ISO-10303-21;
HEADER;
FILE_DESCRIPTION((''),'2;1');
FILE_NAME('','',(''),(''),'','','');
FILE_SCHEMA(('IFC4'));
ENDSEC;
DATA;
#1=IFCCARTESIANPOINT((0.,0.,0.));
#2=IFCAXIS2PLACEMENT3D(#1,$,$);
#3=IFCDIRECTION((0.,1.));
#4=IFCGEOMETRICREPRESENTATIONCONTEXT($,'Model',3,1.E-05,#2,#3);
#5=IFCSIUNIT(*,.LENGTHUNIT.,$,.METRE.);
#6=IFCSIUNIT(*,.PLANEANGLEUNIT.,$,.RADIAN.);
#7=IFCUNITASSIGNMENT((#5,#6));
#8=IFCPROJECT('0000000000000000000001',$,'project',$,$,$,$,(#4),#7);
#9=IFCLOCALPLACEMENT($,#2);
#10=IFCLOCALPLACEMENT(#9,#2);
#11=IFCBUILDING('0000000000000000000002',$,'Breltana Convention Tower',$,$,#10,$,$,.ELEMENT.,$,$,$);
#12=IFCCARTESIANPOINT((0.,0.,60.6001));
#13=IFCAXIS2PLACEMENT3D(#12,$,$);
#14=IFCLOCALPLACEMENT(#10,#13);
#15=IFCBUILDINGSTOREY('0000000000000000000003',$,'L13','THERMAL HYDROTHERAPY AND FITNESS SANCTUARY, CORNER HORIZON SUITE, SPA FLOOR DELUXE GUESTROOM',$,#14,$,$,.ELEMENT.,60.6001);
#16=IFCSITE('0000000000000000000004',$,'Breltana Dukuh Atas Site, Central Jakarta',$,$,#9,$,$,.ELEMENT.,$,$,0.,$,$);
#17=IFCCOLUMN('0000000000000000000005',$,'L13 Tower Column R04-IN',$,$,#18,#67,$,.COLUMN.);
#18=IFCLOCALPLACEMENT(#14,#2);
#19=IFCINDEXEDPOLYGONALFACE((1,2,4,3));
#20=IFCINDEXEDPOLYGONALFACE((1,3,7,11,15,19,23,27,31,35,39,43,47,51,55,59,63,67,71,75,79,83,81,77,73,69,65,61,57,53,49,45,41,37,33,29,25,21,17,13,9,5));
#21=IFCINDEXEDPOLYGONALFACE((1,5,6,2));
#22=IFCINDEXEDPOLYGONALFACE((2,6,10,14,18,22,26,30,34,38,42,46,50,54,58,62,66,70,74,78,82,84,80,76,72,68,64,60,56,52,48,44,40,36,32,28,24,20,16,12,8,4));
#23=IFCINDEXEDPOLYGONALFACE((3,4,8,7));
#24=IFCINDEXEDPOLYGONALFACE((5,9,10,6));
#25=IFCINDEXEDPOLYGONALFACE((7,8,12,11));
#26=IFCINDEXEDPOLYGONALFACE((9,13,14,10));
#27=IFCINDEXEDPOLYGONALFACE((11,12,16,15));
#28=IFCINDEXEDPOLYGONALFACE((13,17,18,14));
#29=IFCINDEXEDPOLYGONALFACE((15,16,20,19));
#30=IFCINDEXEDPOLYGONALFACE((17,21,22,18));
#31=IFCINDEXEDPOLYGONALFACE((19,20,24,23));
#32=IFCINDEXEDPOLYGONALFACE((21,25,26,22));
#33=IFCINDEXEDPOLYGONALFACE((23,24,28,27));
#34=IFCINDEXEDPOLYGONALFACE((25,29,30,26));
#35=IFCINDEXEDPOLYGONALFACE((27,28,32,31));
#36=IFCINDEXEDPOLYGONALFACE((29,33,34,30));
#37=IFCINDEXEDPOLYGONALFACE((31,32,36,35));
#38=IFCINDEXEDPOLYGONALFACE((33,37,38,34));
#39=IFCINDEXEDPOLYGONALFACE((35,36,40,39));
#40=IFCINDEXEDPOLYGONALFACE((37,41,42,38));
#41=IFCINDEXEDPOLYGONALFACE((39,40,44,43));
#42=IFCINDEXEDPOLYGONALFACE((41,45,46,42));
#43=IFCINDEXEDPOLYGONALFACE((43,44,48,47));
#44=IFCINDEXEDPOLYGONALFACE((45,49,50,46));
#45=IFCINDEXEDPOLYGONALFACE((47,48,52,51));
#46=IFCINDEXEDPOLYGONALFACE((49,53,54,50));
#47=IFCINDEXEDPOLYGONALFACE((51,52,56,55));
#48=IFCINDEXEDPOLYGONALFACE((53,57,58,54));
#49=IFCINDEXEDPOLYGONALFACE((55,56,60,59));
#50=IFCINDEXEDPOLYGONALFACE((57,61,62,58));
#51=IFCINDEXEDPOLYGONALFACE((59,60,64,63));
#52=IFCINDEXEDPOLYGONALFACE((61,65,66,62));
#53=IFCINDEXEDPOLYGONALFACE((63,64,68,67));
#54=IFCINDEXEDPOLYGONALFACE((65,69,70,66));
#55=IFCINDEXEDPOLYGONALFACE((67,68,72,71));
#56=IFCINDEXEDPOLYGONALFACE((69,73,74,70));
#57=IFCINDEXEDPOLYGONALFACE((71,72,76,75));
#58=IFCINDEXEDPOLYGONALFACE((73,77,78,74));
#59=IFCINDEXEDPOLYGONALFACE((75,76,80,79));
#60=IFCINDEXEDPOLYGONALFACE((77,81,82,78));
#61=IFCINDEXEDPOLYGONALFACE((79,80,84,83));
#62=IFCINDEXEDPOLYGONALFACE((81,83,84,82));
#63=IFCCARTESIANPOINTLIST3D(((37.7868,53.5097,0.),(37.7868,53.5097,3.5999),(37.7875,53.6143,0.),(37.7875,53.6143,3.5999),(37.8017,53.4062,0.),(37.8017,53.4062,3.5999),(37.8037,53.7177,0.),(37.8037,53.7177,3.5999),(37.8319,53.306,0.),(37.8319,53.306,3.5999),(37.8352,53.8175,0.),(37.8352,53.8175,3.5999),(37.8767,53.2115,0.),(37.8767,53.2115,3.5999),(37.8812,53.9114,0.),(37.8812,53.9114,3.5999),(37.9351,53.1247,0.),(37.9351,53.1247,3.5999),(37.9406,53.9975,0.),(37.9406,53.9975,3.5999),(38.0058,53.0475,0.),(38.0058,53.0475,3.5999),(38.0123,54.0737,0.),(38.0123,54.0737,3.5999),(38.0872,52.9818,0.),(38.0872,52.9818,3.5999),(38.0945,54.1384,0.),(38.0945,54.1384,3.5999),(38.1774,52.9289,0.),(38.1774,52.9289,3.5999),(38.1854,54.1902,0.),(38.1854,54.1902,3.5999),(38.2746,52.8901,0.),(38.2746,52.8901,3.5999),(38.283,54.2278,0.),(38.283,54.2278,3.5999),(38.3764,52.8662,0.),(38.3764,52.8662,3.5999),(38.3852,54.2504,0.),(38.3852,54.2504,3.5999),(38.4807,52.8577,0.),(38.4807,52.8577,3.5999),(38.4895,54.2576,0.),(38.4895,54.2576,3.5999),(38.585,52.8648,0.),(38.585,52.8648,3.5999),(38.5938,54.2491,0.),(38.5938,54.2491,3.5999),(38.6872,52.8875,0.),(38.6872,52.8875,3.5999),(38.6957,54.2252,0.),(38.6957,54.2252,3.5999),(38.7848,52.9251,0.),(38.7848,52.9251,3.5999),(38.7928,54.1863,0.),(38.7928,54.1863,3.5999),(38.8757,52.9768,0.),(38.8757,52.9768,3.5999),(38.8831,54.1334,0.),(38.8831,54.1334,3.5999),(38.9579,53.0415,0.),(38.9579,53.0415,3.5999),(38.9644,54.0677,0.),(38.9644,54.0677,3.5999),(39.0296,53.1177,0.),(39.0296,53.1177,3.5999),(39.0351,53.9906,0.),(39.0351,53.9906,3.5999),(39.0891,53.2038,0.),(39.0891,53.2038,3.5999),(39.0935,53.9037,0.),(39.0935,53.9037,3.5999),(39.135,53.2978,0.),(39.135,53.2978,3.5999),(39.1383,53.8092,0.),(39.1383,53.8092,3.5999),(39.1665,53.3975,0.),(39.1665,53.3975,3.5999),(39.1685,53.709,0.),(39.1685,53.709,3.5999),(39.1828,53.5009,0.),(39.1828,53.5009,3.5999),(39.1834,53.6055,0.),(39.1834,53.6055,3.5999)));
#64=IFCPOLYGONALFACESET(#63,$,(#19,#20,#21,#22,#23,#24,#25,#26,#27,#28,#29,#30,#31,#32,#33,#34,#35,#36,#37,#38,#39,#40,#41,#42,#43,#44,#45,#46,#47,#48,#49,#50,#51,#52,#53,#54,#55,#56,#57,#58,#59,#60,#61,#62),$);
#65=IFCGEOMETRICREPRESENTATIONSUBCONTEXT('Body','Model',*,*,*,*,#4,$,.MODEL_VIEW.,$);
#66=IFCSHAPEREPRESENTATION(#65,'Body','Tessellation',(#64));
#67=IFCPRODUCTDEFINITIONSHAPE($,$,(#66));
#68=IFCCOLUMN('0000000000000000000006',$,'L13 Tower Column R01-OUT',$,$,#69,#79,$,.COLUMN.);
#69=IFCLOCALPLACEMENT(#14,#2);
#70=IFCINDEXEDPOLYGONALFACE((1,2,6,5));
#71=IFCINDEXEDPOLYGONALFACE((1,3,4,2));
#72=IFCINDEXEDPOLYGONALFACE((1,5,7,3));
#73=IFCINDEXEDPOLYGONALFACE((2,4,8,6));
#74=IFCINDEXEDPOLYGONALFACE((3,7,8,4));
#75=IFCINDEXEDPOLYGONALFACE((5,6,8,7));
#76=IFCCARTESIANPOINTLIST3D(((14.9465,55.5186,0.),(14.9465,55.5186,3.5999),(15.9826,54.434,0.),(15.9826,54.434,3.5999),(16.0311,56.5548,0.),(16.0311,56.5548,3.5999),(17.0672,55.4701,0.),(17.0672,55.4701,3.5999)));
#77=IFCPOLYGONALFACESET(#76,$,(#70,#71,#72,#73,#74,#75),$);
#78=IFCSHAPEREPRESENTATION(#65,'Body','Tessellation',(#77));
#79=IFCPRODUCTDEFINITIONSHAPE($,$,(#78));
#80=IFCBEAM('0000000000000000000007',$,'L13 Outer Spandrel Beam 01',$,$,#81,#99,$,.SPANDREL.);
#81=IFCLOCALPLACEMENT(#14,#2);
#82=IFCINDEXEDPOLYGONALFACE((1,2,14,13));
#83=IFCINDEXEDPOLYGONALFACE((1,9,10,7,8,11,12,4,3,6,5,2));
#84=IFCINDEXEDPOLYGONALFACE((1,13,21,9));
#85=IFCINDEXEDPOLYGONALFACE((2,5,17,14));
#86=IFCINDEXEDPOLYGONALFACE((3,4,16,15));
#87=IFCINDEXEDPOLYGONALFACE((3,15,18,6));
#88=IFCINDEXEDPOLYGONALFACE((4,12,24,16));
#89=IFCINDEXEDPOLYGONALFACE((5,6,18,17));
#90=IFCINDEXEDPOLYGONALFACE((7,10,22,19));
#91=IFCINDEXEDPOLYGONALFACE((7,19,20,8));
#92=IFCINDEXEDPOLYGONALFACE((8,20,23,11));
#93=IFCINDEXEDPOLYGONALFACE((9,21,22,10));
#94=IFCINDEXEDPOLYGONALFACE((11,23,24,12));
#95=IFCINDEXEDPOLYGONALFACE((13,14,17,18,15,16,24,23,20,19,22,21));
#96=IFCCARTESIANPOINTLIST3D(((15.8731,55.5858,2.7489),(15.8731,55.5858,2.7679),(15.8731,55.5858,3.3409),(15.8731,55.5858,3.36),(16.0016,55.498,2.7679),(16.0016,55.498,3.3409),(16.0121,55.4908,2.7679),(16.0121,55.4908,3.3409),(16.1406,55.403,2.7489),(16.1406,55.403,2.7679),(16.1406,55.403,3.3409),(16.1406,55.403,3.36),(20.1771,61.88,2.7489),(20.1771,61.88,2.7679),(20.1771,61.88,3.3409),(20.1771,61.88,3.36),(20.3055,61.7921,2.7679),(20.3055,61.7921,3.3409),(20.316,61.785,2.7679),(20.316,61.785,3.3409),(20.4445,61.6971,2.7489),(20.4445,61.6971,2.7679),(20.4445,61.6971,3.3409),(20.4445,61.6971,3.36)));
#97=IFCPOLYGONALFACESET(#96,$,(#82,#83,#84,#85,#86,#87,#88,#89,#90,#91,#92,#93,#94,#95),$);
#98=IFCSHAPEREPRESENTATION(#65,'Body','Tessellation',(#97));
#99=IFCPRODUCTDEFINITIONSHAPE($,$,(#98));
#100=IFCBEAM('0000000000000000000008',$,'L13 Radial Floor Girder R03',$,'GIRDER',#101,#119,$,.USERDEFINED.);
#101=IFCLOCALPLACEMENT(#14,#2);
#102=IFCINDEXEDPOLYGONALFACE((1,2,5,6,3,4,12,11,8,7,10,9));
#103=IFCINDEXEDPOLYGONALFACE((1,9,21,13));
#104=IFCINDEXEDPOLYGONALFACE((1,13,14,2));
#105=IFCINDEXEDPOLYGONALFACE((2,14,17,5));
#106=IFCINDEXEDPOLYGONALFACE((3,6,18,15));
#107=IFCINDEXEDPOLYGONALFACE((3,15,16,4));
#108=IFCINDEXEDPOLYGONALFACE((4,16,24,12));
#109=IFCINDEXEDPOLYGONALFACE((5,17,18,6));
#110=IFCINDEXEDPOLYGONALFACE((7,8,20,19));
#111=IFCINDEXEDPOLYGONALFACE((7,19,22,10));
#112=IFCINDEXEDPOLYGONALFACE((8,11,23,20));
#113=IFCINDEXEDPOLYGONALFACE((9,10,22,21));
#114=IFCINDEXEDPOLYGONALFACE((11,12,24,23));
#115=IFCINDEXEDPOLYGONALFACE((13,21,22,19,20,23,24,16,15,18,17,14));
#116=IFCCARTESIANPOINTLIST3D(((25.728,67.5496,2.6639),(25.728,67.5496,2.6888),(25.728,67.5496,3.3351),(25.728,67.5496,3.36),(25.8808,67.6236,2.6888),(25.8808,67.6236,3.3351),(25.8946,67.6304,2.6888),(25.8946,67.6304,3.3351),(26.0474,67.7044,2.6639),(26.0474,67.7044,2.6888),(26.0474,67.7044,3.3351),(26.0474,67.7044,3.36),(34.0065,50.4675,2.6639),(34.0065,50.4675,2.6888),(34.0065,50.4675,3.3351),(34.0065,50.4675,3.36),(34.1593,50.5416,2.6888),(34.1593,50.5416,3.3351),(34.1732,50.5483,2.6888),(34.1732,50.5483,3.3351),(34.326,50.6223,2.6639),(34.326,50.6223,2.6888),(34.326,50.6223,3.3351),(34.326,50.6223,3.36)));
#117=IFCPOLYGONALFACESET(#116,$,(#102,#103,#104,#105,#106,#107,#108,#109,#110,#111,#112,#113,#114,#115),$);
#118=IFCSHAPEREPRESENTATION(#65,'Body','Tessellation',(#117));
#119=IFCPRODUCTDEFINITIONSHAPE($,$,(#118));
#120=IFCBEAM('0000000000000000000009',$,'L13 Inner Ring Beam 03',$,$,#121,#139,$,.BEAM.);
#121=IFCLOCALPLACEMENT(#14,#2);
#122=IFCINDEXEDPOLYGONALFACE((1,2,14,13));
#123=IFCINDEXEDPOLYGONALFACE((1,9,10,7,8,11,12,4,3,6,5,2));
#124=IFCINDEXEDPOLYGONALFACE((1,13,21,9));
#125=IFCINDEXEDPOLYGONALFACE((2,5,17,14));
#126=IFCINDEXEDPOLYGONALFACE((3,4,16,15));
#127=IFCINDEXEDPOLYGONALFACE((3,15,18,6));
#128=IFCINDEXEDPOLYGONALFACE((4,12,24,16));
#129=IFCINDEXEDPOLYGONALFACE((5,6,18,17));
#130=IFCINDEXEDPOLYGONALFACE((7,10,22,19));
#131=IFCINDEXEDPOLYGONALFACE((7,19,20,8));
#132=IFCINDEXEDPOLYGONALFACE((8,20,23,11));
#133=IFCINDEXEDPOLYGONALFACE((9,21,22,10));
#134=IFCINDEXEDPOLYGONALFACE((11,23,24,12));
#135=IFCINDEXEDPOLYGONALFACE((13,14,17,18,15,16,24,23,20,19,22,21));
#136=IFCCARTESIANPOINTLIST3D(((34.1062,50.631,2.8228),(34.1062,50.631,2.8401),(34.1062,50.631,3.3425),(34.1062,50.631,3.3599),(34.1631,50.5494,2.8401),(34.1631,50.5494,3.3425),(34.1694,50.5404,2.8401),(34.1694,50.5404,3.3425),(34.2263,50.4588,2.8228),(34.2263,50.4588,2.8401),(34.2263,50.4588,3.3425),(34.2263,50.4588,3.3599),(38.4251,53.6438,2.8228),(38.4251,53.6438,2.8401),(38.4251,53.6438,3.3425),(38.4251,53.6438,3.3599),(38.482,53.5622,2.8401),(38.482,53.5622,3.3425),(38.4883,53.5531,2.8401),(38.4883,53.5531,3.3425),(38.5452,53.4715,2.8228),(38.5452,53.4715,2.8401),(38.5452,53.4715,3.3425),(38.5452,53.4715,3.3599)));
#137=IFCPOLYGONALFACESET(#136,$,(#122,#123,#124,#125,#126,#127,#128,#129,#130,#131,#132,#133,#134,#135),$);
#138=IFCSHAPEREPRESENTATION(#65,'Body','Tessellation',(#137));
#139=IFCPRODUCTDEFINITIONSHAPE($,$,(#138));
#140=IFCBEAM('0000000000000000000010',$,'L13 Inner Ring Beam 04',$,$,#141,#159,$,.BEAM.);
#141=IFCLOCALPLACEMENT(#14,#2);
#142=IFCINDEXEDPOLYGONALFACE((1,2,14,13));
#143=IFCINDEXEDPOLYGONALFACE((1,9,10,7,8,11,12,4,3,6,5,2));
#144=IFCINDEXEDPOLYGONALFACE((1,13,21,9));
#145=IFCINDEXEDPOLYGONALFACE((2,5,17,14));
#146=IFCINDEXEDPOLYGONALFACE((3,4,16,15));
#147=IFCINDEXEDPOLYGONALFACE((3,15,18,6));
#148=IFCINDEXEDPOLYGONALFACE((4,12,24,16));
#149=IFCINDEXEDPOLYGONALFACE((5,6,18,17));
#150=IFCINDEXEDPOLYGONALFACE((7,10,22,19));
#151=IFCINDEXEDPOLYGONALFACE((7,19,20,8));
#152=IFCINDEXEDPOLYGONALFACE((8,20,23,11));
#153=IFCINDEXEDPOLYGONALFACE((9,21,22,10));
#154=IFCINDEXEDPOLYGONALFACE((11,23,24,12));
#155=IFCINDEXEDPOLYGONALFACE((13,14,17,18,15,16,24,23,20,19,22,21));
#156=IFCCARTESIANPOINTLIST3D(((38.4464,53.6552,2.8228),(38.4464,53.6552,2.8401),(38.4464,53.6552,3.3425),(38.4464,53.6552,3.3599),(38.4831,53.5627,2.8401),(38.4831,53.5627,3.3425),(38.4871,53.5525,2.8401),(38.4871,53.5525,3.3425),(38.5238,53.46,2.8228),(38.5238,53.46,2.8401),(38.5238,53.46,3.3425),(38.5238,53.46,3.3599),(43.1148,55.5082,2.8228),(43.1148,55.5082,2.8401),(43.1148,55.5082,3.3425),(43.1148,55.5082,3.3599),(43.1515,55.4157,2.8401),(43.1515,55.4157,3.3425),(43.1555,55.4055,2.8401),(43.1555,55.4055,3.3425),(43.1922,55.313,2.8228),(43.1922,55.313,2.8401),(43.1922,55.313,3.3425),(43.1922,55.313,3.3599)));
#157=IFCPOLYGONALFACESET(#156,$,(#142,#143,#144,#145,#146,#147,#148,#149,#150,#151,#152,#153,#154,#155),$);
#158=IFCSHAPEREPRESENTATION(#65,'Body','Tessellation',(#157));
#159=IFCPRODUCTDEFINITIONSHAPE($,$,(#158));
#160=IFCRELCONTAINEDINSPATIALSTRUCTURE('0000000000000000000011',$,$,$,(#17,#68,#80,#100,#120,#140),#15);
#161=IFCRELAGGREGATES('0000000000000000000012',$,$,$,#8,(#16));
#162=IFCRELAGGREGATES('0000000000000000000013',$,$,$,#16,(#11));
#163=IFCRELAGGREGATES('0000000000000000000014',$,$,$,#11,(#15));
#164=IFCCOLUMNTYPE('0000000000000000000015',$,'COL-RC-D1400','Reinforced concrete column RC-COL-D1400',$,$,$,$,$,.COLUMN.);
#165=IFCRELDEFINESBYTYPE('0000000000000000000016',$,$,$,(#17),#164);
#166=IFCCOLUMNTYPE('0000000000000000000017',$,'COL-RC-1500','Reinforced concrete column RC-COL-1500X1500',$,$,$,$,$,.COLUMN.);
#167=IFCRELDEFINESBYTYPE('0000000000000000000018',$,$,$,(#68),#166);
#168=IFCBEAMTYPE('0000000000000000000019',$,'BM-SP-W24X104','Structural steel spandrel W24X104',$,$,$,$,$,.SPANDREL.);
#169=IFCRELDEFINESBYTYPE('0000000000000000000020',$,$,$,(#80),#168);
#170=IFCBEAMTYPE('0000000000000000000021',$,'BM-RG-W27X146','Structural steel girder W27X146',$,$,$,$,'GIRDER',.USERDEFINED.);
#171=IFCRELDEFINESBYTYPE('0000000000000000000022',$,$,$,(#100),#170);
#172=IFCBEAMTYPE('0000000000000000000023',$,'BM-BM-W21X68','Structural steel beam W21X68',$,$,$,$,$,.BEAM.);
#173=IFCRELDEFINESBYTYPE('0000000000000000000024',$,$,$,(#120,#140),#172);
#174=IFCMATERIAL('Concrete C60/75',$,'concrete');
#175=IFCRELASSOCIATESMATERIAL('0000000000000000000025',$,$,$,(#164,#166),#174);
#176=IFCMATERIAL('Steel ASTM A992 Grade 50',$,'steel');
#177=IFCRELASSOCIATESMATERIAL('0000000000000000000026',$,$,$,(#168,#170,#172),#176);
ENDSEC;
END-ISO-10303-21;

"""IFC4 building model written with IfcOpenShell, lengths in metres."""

from ifc_helpers import new_model, si_unit, direction, frame, origin, origin_2d, place, context, subcontext, project, spatial, rectangle, circle, i_section, extrude, source, transform, mapped, material, material_profile, profile_set, type_object, type_shapes, element, save


model = new_model("IFC4")

# Units and contexts
model_context = context("Model", 3, precision=1e-05, world=origin(), true_north=direction((0.0, 1.0)))
body_context = subcontext(model_context, "Body", "Model", "MODEL_VIEW")
ifc_project = project(units=[si_unit("LENGTHUNIT", "METRE"), si_unit("PLANEANGLEUNIT", "RADIAN")], contexts=[model_context])

# Site, building, storey
site_placement = place(None, origin())
site = spatial("IfcSite", under=ifc_project, at=site_placement, Name="Breltana Dukuh Atas Site, Central Jakarta", CompositionType="ELEMENT", RefElevation=0.0)
building_placement = place(site_placement, origin())
building = spatial("IfcBuilding", under=site, at=building_placement, Name="Breltana Convention Tower", CompositionType="ELEMENT")
storey_placement = place(building_placement, frame((0.0, 0.0, 60.6001)))
storey = spatial("IfcBuildingStorey", under=building, at=storey_placement, Name="L13", Description="THERMAL HYDROTHERAPY AND FITNESS SANCTUARY, CORNER HORIZON SUITE, SPA FLOOR DELUXE GUESTROOM", CompositionType="ELEMENT", Elevation=60.6001)

# Columns
ifc_material_1 = material(Name="Concrete C60/75", Category="concrete")
ifc_material_profile_1 = material_profile(ifc_material_1, circle(Radius=0.7, at=origin_2d()), Name="RC-COL-D1400")
ifc_profile_set_1 = profile_set([ifc_material_profile_1], Name="Concrete C60/75")
column_type_1 = type_object("IfcColumnType", Name="COL-RC-D1400", Description="Reinforced concrete column RC-COL-D1400", PredefinedType="COLUMN", material=ifc_profile_set_1)
shared_shape_1 = source(origin(), body_context, "Body", "SweptSolid", [
    extrude(circle(Radius=0.7, at=origin_2d()), origin(), (0.0, 0.0, 1.0), 3.5999),
])
for number, where, z_axis, x_axis, name in (
    (1, (38.4851, 53.5576, 0.0), (0.0, 0.0, 1.0), (-0.288698, 0.95742, 0.0), "L13 Tower Column R04-IN"),
):
    element("IfcColumn", number, at=place(storey_placement, frame(where, z_axis=z_axis, x_axis=x_axis)), inside=storey, type_object=column_type_1, Name=name, PredefinedType="COLUMN", context=body_context, shape_type="MappedRepresentation", body=[
        mapped(shared_shape_1, transform((0.0, 0.0, 0.0), scale=1.0)),
    ])
ifc_material_profile_2 = material_profile(ifc_material_1, rectangle(XDim=1.5, YDim=1.5, at=origin_2d()), Name="RC-COL-1500X1500")
ifc_profile_set_2 = profile_set([ifc_material_profile_2], Name="Concrete C60/75")
column_type_2 = type_object("IfcColumnType", Name="COL-RC-1500", Description="Reinforced concrete column RC-COL-1500X1500", PredefinedType="COLUMN", material=ifc_profile_set_2)
shared_shape_2 = source(origin(), body_context, "Body", "SweptSolid", [
    extrude(rectangle(XDim=1.5, YDim=1.5, at=origin_2d()), origin(), (0.0, 0.0, 1.0), 3.5999),
])
column_placement = place(storey_placement, frame((16.0068, 55.4944, 0.0), z_axis=(0.0, 0.0, 1.0), x_axis=(-0.690756, 0.723088, 0.0)))
element("IfcColumn", 2, at=column_placement, inside=storey, type_object=column_type_2, Name="L13 Tower Column R01-OUT", PredefinedType="COLUMN", context=body_context, shape_type="MappedRepresentation", body=[
    mapped(shared_shape_2, transform((0.0, 0.0, 0.0), scale=1.0)),
])

# Beams
ifc_material_2 = material(Name="Steel ASTM A992 Grade 50", Category="steel")
ifc_material_profile_3 = material_profile(ifc_material_2, i_section(OverallWidth=0.324, OverallDepth=0.6111, WebThickness=0.0127, FlangeThickness=0.019, at=origin_2d()), Name="W24X104")
ifc_profile_set_3 = profile_set([ifc_material_profile_3], Name="Steel ASTM A992 Grade 50")
beam_type_1 = type_object("IfcBeamType", Name="BM-SP-W24X104", Description="Structural steel spandrel W24X104", PredefinedType="SPANDREL", material=ifc_profile_set_3)
shared_shape_3 = source(origin(), body_context, "Body", "SweptSolid", [
    extrude(i_section(OverallWidth=0.324, OverallDepth=0.6111, WebThickness=0.0127, FlangeThickness=0.019, at=origin_2d()), origin(), (0.0, 0.0, 1.0), 7.625),
])
type_shapes(beam_type_1, [shared_shape_3])
beam_1_placement = place(storey_placement, frame((16.0068, 55.4944, 3.0544), z_axis=(0.564452, 0.825466, 0.0), x_axis=(-0.825466, 0.564452, 0.0)))
element("IfcBeam", 3, at=beam_1_placement, inside=storey, type_object=beam_type_1, Name="L13 Outer Spandrel Beam 01", PredefinedType="SPANDREL", context=body_context, shape_type="MappedRepresentation", body=[
    mapped(shared_shape_3, transform((0.0, 0.0, 0.0), scale=1.0)),
])
ifc_material_profile_4 = material_profile(ifc_material_2, i_section(OverallWidth=0.355, OverallDepth=0.696, WebThickness=0.0154, FlangeThickness=0.0249, at=origin_2d()), Name="W27X146")
ifc_profile_set_4 = profile_set([ifc_material_profile_4], Name="Steel ASTM A992 Grade 50")
beam_type_2 = type_object("IfcBeamType", Name="BM-RG-W27X146", Description="Structural steel girder W27X146", ElementType="GIRDER", PredefinedType="USERDEFINED", material=ifc_profile_set_4)
shared_shape_4 = source(origin(), body_context, "Body", "SweptSolid", [
    extrude(i_section(OverallWidth=0.355, OverallDepth=0.696, WebThickness=0.0154, FlangeThickness=0.0249, at=origin_2d()), origin(), (0.0, 0.0, 1.0), 18.9824),
])
beam_2_placement = place(storey_placement, frame((34.1663, 50.5449, 3.012), z_axis=(-0.436119, 0.899889, 0.0), x_axis=(-0.899889, -0.436119, 0.0)))
element("IfcBeam", 4, at=beam_2_placement, inside=storey, type_object=beam_type_2, Name="L13 Radial Floor Girder R03", ObjectType="GIRDER", PredefinedType="USERDEFINED", context=body_context, shape_type="MappedRepresentation", body=[
    mapped(shared_shape_4, transform((0.0, 0.0, 0.0), scale=1.0)),
])
ifc_material_profile_5 = material_profile(ifc_material_2, i_section(OverallWidth=0.21, OverallDepth=0.5371, WebThickness=0.011, FlangeThickness=0.0173, at=origin_2d()), Name="W21X68")
ifc_profile_set_5 = profile_set([ifc_material_profile_5], Name="Steel ASTM A992 Grade 50")
beam_type_3 = type_object("IfcBeamType", Name="BM-BM-W21X68", Description="Structural steel beam W21X68", PredefinedType="BEAM", material=ifc_profile_set_5)
shared_shape_5 = source(origin(), body_context, "Body", "SweptSolid", [
    extrude(i_section(OverallWidth=0.21, OverallDepth=0.5371, WebThickness=0.011, FlangeThickness=0.0173, at=origin_2d()), origin(), (0.0, 0.0, 1.0), 5.2659),
])
beam_3_placement = place(storey_placement, frame((34.1663, 50.5449, 3.0913), z_axis=(0.820167, 0.572124, 0.0), x_axis=(-0.572124, 0.820167, 0.0)))
element("IfcBeam", 5, at=beam_3_placement, inside=storey, type_object=beam_type_3, Name="L13 Inner Ring Beam 03", PredefinedType="BEAM", context=body_context, shape_type="MappedRepresentation", body=[
    mapped(shared_shape_5, transform((0.0, 0.0, 0.0), scale=1.0)),
])
shared_shape_6 = source(origin(), body_context, "Body", "SweptSolid", [
    extrude(i_section(OverallWidth=0.21, OverallDepth=0.5371, WebThickness=0.011, FlangeThickness=0.0173, at=origin_2d()), origin(), (0.0, 0.0, 1.0), 5.0227),
])
beam_4_placement = place(storey_placement, frame((38.4851, 53.5576, 3.0913), z_axis=(0.929459, 0.368926, 0.0), x_axis=(-0.368926, 0.929459, 0.0)))
element("IfcBeam", 6, at=beam_4_placement, inside=storey, type_object=beam_type_3, Name="L13 Inner Ring Beam 04", PredefinedType="BEAM", context=body_context, shape_type="MappedRepresentation", body=[
    mapped(shared_shape_6, transform((0.0, 0.0, 0.0), scale=1.0)),
])

save(model, "model.ifc")
